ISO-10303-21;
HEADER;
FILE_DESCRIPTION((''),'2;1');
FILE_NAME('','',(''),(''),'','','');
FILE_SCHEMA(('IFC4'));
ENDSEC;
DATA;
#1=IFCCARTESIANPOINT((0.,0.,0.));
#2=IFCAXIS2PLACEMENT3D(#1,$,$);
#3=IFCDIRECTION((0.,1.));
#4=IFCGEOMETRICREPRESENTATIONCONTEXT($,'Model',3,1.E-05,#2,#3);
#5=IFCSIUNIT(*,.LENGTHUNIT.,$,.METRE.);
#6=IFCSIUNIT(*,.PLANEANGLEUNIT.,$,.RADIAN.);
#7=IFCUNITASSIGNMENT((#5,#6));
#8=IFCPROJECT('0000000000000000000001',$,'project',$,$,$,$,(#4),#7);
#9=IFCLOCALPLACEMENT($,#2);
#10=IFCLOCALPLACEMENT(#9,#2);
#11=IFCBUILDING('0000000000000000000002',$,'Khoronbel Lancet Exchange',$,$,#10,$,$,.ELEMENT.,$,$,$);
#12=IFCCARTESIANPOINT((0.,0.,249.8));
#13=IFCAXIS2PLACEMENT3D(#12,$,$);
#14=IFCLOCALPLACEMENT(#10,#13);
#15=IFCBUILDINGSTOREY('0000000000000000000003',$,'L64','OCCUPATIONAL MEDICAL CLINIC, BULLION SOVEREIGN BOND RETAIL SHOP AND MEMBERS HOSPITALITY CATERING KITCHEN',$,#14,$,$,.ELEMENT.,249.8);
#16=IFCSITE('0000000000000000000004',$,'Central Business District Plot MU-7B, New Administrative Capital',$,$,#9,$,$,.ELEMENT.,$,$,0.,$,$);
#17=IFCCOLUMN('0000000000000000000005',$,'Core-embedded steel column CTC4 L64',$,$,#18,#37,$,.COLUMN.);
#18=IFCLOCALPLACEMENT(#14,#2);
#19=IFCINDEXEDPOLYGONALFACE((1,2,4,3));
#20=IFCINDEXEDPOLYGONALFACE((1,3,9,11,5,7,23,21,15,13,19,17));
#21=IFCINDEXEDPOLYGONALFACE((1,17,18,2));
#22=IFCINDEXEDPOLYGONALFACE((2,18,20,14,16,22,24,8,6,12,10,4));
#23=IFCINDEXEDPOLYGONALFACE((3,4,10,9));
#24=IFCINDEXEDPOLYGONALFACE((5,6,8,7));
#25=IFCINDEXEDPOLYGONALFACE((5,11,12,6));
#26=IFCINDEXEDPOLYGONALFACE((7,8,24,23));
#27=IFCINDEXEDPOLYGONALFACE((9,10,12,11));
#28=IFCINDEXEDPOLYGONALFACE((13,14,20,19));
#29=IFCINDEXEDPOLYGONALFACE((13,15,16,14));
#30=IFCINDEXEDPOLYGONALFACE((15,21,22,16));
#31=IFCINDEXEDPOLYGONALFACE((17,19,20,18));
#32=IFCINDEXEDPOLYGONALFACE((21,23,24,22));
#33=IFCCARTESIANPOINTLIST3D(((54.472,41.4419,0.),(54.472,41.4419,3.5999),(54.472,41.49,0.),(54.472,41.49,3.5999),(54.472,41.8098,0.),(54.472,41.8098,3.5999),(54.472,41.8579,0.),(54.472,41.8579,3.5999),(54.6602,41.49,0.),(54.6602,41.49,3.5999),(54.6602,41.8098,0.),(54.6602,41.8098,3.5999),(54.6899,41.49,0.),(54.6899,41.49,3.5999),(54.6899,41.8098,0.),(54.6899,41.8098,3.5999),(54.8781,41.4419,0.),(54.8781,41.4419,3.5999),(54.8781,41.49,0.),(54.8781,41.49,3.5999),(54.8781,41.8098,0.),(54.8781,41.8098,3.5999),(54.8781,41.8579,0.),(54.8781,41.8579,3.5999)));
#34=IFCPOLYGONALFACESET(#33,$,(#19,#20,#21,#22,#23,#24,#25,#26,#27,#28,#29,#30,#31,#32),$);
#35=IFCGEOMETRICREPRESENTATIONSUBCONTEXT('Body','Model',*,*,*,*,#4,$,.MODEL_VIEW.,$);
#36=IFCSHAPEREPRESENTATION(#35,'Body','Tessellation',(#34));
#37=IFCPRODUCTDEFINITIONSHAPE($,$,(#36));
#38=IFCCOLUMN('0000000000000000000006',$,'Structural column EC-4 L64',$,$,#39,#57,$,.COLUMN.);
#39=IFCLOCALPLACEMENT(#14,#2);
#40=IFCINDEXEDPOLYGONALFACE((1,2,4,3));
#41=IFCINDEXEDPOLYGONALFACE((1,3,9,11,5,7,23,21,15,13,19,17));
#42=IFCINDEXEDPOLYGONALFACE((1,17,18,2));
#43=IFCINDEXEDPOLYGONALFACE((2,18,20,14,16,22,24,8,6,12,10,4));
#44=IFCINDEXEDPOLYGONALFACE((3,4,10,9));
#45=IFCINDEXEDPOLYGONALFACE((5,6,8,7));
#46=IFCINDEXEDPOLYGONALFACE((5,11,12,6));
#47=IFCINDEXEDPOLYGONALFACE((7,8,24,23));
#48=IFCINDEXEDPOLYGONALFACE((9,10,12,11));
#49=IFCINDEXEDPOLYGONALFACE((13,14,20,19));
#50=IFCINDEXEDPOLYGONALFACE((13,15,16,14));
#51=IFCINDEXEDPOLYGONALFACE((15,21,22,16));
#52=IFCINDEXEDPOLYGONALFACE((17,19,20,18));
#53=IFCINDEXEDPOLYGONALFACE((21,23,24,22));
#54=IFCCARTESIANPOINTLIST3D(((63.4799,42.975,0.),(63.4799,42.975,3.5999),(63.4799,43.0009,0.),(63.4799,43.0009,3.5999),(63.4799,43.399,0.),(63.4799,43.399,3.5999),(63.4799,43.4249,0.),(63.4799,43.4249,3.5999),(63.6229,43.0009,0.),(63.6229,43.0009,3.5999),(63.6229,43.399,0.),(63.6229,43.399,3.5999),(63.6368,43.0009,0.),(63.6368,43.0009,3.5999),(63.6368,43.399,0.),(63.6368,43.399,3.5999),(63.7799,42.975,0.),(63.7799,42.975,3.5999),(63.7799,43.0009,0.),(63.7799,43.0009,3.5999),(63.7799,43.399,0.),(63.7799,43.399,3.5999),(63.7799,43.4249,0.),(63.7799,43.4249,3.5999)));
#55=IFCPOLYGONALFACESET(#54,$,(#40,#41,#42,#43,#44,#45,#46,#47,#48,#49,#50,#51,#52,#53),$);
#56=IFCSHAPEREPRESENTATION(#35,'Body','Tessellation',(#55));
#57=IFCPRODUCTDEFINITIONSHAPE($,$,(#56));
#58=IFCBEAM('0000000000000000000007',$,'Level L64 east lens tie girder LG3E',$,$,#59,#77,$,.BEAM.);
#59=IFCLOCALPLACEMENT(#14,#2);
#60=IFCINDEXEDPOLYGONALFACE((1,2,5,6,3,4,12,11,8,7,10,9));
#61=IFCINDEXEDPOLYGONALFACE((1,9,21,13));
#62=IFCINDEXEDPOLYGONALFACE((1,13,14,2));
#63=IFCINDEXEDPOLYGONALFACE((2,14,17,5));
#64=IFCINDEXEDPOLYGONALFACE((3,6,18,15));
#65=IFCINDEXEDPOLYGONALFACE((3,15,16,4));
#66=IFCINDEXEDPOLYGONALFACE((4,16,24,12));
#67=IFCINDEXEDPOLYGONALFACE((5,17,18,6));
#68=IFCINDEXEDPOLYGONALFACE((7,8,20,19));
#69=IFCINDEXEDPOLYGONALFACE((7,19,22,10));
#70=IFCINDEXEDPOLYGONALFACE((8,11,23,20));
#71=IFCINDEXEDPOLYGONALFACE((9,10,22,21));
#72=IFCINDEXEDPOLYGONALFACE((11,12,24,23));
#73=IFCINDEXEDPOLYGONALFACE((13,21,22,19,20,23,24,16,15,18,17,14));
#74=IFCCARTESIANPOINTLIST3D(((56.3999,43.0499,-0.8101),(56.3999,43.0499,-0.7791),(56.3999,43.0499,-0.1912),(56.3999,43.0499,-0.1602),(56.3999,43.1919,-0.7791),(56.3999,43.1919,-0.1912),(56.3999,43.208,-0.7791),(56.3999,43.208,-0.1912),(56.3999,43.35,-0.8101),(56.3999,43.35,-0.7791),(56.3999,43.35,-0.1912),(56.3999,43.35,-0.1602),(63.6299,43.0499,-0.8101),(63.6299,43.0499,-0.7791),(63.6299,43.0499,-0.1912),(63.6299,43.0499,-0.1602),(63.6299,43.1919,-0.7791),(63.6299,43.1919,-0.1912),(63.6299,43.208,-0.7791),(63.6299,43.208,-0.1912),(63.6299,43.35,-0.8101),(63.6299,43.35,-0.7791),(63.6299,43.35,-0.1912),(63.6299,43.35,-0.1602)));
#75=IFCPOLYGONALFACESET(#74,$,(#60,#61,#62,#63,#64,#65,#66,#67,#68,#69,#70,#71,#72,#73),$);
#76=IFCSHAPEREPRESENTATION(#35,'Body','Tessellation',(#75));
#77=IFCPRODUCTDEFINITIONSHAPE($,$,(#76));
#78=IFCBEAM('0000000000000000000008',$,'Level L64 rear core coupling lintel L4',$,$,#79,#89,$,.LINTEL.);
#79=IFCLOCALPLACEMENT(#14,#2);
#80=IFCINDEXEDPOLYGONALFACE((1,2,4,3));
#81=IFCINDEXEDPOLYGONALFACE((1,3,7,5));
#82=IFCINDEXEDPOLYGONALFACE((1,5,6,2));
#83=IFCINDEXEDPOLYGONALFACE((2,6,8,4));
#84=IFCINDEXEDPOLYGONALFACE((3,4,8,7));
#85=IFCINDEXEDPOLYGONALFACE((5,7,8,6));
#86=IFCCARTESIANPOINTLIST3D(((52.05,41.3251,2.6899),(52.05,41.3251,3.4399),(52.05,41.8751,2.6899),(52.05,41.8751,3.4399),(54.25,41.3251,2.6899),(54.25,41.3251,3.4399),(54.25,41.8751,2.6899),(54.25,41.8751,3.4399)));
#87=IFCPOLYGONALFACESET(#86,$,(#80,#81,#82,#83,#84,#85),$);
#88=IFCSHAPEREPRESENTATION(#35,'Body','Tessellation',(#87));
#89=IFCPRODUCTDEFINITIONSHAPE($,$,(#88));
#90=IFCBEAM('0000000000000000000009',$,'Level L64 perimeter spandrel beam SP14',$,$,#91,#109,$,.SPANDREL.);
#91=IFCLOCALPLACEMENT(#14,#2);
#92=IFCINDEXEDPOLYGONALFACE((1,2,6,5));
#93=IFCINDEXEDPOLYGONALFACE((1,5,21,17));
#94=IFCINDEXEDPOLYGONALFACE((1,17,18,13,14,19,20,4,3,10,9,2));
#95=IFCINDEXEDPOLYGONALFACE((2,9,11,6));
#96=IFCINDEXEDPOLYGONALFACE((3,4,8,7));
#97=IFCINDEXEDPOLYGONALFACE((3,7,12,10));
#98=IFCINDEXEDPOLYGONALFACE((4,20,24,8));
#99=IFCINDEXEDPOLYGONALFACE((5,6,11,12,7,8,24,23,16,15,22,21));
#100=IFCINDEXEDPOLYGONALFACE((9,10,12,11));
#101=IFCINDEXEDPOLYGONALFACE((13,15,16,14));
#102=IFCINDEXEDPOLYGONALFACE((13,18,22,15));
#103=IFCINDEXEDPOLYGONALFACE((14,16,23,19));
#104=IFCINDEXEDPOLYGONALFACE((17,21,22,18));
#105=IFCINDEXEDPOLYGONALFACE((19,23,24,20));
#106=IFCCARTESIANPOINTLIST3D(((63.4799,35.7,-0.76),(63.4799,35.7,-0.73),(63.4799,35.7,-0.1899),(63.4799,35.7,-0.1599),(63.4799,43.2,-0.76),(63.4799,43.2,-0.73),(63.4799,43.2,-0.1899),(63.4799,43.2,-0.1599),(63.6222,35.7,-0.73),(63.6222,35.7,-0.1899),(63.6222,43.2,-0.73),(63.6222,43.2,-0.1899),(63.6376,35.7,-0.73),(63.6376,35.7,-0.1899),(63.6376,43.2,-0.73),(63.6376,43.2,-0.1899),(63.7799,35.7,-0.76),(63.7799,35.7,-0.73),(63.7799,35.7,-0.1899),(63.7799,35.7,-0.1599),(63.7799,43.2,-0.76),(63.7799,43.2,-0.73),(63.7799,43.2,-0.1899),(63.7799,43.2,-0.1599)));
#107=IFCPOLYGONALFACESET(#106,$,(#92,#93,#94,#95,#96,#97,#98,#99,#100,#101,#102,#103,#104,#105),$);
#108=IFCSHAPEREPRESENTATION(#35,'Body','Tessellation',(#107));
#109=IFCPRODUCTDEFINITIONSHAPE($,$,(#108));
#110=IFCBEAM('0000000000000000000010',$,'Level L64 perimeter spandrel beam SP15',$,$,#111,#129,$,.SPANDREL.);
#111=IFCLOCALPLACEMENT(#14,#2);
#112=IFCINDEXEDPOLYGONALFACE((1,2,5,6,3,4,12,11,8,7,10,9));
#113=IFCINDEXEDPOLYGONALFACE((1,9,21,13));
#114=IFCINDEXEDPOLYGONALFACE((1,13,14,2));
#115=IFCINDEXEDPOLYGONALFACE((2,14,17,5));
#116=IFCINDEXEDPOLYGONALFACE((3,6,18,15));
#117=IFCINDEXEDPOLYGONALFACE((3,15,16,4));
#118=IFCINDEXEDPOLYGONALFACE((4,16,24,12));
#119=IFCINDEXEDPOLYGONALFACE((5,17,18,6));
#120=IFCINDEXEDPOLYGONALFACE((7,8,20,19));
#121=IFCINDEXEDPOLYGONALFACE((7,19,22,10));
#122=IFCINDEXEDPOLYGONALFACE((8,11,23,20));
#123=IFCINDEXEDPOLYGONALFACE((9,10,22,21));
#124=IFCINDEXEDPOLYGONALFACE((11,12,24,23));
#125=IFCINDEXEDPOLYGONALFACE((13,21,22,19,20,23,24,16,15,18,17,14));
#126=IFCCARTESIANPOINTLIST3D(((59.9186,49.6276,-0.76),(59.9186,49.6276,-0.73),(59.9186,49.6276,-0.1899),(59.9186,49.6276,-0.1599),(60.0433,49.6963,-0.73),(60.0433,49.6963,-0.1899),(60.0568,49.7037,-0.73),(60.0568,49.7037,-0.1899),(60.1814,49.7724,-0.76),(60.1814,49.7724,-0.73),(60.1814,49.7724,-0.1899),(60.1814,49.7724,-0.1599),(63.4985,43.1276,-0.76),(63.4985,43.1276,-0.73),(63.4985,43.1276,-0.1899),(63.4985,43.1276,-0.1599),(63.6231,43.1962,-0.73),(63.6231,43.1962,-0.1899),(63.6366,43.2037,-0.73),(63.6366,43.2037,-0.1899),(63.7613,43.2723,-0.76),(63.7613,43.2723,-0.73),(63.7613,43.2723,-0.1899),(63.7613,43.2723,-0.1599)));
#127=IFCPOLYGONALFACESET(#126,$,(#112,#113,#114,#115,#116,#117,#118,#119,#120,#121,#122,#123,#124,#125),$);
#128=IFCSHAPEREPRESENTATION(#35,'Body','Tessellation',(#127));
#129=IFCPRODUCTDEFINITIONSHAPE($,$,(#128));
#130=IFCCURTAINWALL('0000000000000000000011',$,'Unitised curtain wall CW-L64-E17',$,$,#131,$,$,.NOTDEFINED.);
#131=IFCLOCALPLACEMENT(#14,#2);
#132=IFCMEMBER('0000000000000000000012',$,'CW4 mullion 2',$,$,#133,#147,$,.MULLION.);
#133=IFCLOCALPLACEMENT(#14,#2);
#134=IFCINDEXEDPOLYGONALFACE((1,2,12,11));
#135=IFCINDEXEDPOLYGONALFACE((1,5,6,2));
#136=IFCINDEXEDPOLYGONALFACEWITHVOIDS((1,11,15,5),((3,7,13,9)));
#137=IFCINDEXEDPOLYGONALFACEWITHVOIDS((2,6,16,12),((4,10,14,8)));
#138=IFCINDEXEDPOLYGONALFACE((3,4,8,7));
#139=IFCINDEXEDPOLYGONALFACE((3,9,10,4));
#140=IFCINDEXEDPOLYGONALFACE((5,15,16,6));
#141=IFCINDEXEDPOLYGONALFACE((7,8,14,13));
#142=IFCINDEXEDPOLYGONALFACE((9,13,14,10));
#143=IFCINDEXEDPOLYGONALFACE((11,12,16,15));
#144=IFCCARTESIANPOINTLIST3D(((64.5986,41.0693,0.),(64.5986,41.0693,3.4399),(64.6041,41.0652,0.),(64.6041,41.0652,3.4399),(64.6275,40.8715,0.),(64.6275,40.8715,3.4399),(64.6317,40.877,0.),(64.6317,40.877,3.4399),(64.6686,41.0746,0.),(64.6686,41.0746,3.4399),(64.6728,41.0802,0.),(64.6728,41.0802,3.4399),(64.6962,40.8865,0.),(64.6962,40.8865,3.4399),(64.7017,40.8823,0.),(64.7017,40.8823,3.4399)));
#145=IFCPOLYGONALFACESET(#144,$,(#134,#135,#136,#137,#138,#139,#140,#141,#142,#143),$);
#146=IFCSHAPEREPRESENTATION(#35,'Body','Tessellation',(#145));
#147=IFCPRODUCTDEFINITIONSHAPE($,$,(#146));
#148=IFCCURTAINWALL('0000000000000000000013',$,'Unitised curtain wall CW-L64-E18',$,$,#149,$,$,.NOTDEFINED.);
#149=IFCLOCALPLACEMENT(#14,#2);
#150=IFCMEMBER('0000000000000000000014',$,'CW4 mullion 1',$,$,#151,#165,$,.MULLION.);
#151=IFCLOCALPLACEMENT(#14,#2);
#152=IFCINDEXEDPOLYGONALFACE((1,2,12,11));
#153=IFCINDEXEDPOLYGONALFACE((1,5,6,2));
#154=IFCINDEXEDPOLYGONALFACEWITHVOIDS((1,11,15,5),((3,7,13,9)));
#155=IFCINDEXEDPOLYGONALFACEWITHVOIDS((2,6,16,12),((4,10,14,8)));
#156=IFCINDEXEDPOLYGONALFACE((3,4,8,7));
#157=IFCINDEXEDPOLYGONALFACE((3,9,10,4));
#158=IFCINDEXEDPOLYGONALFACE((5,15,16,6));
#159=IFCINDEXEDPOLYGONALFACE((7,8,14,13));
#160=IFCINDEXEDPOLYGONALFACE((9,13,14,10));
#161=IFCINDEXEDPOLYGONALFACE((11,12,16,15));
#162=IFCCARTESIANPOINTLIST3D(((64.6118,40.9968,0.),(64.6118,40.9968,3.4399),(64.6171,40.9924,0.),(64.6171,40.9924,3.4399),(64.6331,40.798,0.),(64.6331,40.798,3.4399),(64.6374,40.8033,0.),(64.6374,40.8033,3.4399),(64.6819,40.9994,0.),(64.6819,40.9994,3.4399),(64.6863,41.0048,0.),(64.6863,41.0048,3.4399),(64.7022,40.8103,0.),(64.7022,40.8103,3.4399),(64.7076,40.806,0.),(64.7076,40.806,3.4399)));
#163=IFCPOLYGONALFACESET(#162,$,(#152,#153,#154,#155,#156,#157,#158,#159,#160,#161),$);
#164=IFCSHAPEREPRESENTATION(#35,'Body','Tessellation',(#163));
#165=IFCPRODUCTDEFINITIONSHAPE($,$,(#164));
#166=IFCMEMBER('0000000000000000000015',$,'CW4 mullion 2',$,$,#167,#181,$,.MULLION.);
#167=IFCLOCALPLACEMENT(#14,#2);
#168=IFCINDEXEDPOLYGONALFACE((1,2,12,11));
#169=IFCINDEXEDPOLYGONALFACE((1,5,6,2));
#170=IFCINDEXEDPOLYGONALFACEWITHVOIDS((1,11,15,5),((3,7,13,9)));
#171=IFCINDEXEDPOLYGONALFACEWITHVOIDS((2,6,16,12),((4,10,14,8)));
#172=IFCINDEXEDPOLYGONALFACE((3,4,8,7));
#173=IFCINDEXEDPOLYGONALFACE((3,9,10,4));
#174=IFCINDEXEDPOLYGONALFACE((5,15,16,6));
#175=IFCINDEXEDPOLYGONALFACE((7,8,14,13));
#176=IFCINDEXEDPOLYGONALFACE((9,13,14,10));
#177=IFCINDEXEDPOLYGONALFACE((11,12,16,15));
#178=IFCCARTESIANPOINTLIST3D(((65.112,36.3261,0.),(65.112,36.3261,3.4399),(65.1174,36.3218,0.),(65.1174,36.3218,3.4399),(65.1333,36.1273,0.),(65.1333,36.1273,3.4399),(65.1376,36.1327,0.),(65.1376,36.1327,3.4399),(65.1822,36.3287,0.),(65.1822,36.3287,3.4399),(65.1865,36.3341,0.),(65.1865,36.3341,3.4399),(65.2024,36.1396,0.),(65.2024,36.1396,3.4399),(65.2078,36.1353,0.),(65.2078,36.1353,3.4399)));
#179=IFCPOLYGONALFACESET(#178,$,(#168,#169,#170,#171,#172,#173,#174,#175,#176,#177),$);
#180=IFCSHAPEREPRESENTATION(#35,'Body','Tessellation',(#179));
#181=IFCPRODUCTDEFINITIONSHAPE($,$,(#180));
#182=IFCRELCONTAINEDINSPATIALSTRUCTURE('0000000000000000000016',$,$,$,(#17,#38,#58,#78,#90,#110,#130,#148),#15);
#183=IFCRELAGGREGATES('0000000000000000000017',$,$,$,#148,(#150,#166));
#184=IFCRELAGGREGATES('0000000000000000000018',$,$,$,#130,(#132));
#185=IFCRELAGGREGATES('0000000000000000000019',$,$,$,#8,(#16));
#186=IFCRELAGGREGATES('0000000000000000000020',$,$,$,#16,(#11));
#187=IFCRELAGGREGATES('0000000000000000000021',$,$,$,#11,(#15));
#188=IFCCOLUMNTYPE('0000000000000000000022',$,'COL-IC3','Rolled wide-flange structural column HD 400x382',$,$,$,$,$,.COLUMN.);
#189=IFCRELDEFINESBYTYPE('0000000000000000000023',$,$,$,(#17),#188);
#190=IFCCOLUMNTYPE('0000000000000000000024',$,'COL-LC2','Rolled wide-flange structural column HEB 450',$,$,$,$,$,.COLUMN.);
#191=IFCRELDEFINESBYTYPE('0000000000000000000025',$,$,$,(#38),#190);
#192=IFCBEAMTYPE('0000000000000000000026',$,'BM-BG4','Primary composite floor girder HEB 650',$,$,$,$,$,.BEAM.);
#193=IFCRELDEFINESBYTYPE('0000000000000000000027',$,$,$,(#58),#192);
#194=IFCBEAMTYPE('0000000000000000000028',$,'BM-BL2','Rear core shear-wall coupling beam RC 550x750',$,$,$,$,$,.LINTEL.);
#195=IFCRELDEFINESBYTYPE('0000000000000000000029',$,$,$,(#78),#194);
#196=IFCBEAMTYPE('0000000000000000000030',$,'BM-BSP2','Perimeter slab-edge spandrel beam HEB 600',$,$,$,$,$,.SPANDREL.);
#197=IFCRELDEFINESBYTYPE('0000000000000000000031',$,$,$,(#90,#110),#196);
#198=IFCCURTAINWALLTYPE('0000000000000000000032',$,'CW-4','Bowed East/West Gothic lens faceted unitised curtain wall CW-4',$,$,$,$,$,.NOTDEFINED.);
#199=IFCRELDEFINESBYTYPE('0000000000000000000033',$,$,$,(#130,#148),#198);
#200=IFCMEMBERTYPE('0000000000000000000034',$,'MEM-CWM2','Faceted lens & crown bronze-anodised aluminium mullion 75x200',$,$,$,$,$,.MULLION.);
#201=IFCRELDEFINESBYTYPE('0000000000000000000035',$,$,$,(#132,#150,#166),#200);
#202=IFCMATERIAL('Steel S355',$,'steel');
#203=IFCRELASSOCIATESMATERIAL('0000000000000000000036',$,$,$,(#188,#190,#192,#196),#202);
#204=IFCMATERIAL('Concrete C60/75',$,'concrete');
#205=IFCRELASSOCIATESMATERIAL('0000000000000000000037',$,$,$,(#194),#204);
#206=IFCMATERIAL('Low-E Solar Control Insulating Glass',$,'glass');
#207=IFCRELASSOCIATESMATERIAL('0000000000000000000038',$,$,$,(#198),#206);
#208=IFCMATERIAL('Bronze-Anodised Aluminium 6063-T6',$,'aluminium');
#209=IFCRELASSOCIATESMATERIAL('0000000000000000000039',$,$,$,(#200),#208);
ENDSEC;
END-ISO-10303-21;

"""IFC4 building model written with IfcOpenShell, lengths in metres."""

from ifc_helpers import new_model, si_unit, direction, frame, origin, origin_2d, place, context, subcontext, project, spatial, rectangle, hollow_rectangle, i_section, extrude, material, material_profile, profile_set, type_object, element, aggregate, save


model = new_model("IFC4")

# Units and contexts
model_context = context("Model", 3, precision=1e-05, world=origin(), true_north=direction((0.0, 1.0)))
body_context = subcontext(model_context, "Body", "Model", "MODEL_VIEW")
ifc_project = project(units=[si_unit("LENGTHUNIT", "METRE"), si_unit("PLANEANGLEUNIT", "RADIAN")], contexts=[model_context])

# Site, building, storey
site_placement = place(None, origin())
site = spatial("IfcSite", under=ifc_project, at=site_placement, Name="Central Business District Plot MU-7B, New Administrative Capital", CompositionType="ELEMENT", RefElevation=0.0)
building_placement = place(site_placement, origin())
building = spatial("IfcBuilding", under=site, at=building_placement, Name="Khoronbel Lancet Exchange", CompositionType="ELEMENT")
storey_placement = place(building_placement, frame((0.0, 0.0, 249.8)))
storey = spatial("IfcBuildingStorey", under=building, at=storey_placement, Name="L64", Description="OCCUPATIONAL MEDICAL CLINIC, BULLION SOVEREIGN BOND RETAIL SHOP AND MEMBERS HOSPITALITY CATERING KITCHEN", CompositionType="ELEMENT", Elevation=249.8)

# Columns
ifc_material_1 = material(Name="Steel S355", Category="steel")
ifc_material_profile_1 = material_profile(ifc_material_1, i_section(OverallWidth=0.406, OverallDepth=0.416, WebThickness=0.0298, FlangeThickness=0.0481, at=origin_2d()), Name="HD 400x382")
ifc_profile_set_1 = profile_set([ifc_material_profile_1], Name="Steel S355")
column_type_1 = type_object("IfcColumnType", Name="COL-IC3", Description="Rolled wide-flange structural column HD 400x382", PredefinedType="COLUMN", material=ifc_profile_set_1)
column_1_placement = place(storey_placement, frame((54.675, 41.6499, 0.0), z_axis=(0.0, 0.0, 1.0), x_axis=(1.0, 0.0, 0.0)))
element("IfcColumn", 1, at=column_1_placement, inside=storey, type_object=column_type_1, Name="Core-embedded steel column CTC4 L64", PredefinedType="COLUMN", context=body_context, shape_type="SweptSolid", body=[
    extrude(i_section(OverallWidth=0.406, OverallDepth=0.416, WebThickness=0.0298, FlangeThickness=0.0481, at=origin_2d()), origin(), (0.0, 0.0, 1.0), 3.5999),
])
ifc_material_profile_2 = material_profile(ifc_material_1, i_section(OverallWidth=0.3, OverallDepth=0.45, WebThickness=0.0139, FlangeThickness=0.0259, at=origin_2d()), Name="HEB 450")
ifc_profile_set_2 = profile_set([ifc_material_profile_2], Name="Steel S355")
column_type_2 = type_object("IfcColumnType", Name="COL-LC2", Description="Rolled wide-flange structural column HEB 450", PredefinedType="COLUMN", material=ifc_profile_set_2)
column_2_placement = place(storey_placement, frame((63.6299, 43.2, 0.0), z_axis=(0.0, 0.0, 1.0), x_axis=(1.0, 0.0, 0.0)))
element("IfcColumn", 2, at=column_2_placement, inside=storey, type_object=column_type_2, Name="Structural column EC-4 L64", PredefinedType="COLUMN", context=body_context, shape_type="SweptSolid", body=[
    extrude(i_section(OverallWidth=0.3, OverallDepth=0.45, WebThickness=0.0139, FlangeThickness=0.0259, at=origin_2d()), origin(), (0.0, 0.0, 1.0), 3.5999),
])

# Beams
ifc_material_profile_3 = material_profile(ifc_material_1, i_section(OverallWidth=0.3, OverallDepth=0.6499, WebThickness=0.0161, FlangeThickness=0.031, at=origin_2d()), Name="HEB 650")
ifc_profile_set_3 = profile_set([ifc_material_profile_3], Name="Steel S355")
beam_type_1 = type_object("IfcBeamType", Name="BM-BG4", Description="Primary composite floor girder HEB 650", PredefinedType="BEAM", material=ifc_profile_set_3)
beam_1_placement = place(storey_placement, frame((56.3999, 43.2, -0.4851), z_axis=(1.0, 0.0, 0.0), x_axis=(0.0, 1.0, 0.0)))
element("IfcBeam", 3, at=beam_1_placement, inside=storey, type_object=beam_type_1, Name="Level L64 east lens tie girder LG3E", PredefinedType="BEAM", context=body_context, shape_type="SweptSolid", body=[
    extrude(i_section(OverallWidth=0.3, OverallDepth=0.6499, WebThickness=0.0161, FlangeThickness=0.031, at=origin_2d()), origin(), (0.0, 0.0, 1.0), 7.23),
])
ifc_material_2 = material(Name="Concrete C60/75", Category="concrete")
ifc_material_profile_4 = material_profile(ifc_material_2, rectangle(XDim=0.55, YDim=0.75, at=origin_2d()), Name="RC 550x750")
ifc_profile_set_4 = profile_set([ifc_material_profile_4], Name="Concrete C60/75")
beam_type_2 = type_object("IfcBeamType", Name="BM-BL2", Description="Rear core shear-wall coupling beam RC 550x750", PredefinedType="LINTEL", material=ifc_profile_set_4)
beam_2_placement = place(storey_placement, frame((52.05, 41.6001, 3.0649), z_axis=(1.0, 0.0, 0.0), x_axis=(0.0, 1.0, 0.0)))
element("IfcBeam", 4, at=beam_2_placement, inside=storey, type_object=beam_type_2, Name="Level L64 rear core coupling lintel L4", PredefinedType="LINTEL", context=body_context, shape_type="SweptSolid", body=[
    extrude(rectangle(XDim=0.55, YDim=0.75, at=origin_2d()), origin(), (0.0, 0.0, 1.0), 2.2),
])
ifc_material_profile_5 = material_profile(ifc_material_1, i_section(OverallWidth=0.3, OverallDepth=0.6001, WebThickness=0.0154, FlangeThickness=0.03, at=origin_2d()), Name="HEB 600")
ifc_profile_set_5 = profile_set([ifc_material_profile_5], Name="Steel S355")
beam_type_3 = type_object("IfcBeamType", Name="BM-BSP2", Description="Perimeter slab-edge spandrel beam HEB 600", PredefinedType="SPANDREL", material=ifc_profile_set_5)
beam_3_placement = place(storey_placement, frame((63.6299, 35.7, -0.46), z_axis=(0.0, 1.0, 0.0), x_axis=(-1.0, 0.0, 0.0)))
element("IfcBeam", 5, at=beam_3_placement, inside=storey, type_object=beam_type_3, Name="Level L64 perimeter spandrel beam SP14", PredefinedType="SPANDREL", context=body_context, shape_type="SweptSolid", body=[
    extrude(i_section(OverallWidth=0.3, OverallDepth=0.6001, WebThickness=0.0154, FlangeThickness=0.03, at=origin_2d()), origin(), (0.0, 0.0, 1.0), 7.5),
])
beam_4_placement = place(storey_placement, frame((63.6299, 43.2, -0.46), z_axis=(-0.482419, 0.875941, 0.0), x_axis=(-0.875941, -0.482419, 0.0)))
element("IfcBeam", 6, at=beam_4_placement, inside=storey, type_object=beam_type_3, Name="Level L64 perimeter spandrel beam SP15", PredefinedType="SPANDREL", context=body_context, shape_type="SweptSolid", body=[
    extrude(i_section(OverallWidth=0.3, OverallDepth=0.6001, WebThickness=0.0154, FlangeThickness=0.03, at=origin_2d()), origin(), (0.0, 0.0, 1.0), 7.4207),
])

# Curtain wall, member
ifc_material_3 = material(Name="Low-E Solar Control Insulating Glass", Category="glass")
curtain_wall_type = type_object("IfcCurtainWallType", Name="CW-4", Description="Bowed East/West Gothic lens faceted unitised curtain wall CW-4", PredefinedType="NOTDEFINED", material=ifc_material_3)
curtain_wall_1_placement = place(storey_placement, origin())
curtain_wall_1 = element("IfcCurtainWall", 7, at=curtain_wall_1_placement, inside=storey, type_object=curtain_wall_type, Name="Unitised curtain wall CW-L64-E17", PredefinedType="NOTDEFINED")
ifc_material_4 = material(Name="Bronze-Anodised Aluminium 6063-T6", Category="aluminium")
ifc_material_profile_6 = material_profile(ifc_material_4, hollow_rectangle(XDim=0.075, YDim=0.2, WallThickness=0.0049, at=origin_2d()), Name="ALU MULLION 75x200")
ifc_profile_set_6 = profile_set([ifc_material_profile_6], Name="Bronze-Anodised Aluminium 6063-T6")
member_type_1 = type_object("IfcMemberType", Name="MEM-CWM2", Description="Faceted lens & crown bronze-anodised aluminium mullion 75x200", PredefinedType="MULLION", material=ifc_profile_set_6)
member_1_placement = place(storey_placement, frame((64.6501, 40.9758, 0.0), z_axis=(0.0, 0.0, 1.0), x_axis=(0.989468, 0.144753, 0.0)))
member_1 = element("IfcMember", 8, at=member_1_placement, type_object=member_type_1, Name="CW4 mullion 2", PredefinedType="MULLION", context=body_context, shape_type="SweptSolid", body=[
    extrude(hollow_rectangle(XDim=0.075, YDim=0.2, WallThickness=0.0049, at=origin_2d()), origin(), (0.0, 0.0, 1.0), 3.4399),
])

# Curtain wall, members
curtain_wall_2_placement = place(storey_placement, origin())
curtain_wall_2 = element("IfcCurtainWall", 9, at=curtain_wall_2_placement, inside=storey, type_object=curtain_wall_type, Name="Unitised curtain wall CW-L64-E18", PredefinedType="NOTDEFINED")
member_2_placement = place(storey_placement, frame((64.6597, 40.9014, 0.0), z_axis=(0.0, 0.0, 1.0), x_axis=(0.994312, 0.106507, 0.0)))
member_2 = element("IfcMember", 10, at=member_2_placement, type_object=member_type_1, Name="CW4 mullion 1", PredefinedType="MULLION", context=body_context, shape_type="SweptSolid", body=[
    extrude(hollow_rectangle(XDim=0.075, YDim=0.2, WallThickness=0.0049, at=origin_2d()), origin(), (0.0, 0.0, 1.0), 3.4399),
])
member_3_placement = place(storey_placement, frame((65.1599, 36.2307, 0.0), z_axis=(0.0, 0.0, 1.0), x_axis=(0.994312, 0.106507, 0.0)))
member_3 = element("IfcMember", 11, at=member_3_placement, type_object=member_type_1, Name="CW4 mullion 2", PredefinedType="MULLION", context=body_context, shape_type="SweptSolid", body=[
    extrude(hollow_rectangle(XDim=0.075, YDim=0.2, WallThickness=0.0049, at=origin_2d()), origin(), (0.0, 0.0, 1.0), 3.4399),
])

aggregate(curtain_wall_2, [member_2, member_3])
aggregate(curtain_wall_1, [member_1])

save(model, "model.ifc")
